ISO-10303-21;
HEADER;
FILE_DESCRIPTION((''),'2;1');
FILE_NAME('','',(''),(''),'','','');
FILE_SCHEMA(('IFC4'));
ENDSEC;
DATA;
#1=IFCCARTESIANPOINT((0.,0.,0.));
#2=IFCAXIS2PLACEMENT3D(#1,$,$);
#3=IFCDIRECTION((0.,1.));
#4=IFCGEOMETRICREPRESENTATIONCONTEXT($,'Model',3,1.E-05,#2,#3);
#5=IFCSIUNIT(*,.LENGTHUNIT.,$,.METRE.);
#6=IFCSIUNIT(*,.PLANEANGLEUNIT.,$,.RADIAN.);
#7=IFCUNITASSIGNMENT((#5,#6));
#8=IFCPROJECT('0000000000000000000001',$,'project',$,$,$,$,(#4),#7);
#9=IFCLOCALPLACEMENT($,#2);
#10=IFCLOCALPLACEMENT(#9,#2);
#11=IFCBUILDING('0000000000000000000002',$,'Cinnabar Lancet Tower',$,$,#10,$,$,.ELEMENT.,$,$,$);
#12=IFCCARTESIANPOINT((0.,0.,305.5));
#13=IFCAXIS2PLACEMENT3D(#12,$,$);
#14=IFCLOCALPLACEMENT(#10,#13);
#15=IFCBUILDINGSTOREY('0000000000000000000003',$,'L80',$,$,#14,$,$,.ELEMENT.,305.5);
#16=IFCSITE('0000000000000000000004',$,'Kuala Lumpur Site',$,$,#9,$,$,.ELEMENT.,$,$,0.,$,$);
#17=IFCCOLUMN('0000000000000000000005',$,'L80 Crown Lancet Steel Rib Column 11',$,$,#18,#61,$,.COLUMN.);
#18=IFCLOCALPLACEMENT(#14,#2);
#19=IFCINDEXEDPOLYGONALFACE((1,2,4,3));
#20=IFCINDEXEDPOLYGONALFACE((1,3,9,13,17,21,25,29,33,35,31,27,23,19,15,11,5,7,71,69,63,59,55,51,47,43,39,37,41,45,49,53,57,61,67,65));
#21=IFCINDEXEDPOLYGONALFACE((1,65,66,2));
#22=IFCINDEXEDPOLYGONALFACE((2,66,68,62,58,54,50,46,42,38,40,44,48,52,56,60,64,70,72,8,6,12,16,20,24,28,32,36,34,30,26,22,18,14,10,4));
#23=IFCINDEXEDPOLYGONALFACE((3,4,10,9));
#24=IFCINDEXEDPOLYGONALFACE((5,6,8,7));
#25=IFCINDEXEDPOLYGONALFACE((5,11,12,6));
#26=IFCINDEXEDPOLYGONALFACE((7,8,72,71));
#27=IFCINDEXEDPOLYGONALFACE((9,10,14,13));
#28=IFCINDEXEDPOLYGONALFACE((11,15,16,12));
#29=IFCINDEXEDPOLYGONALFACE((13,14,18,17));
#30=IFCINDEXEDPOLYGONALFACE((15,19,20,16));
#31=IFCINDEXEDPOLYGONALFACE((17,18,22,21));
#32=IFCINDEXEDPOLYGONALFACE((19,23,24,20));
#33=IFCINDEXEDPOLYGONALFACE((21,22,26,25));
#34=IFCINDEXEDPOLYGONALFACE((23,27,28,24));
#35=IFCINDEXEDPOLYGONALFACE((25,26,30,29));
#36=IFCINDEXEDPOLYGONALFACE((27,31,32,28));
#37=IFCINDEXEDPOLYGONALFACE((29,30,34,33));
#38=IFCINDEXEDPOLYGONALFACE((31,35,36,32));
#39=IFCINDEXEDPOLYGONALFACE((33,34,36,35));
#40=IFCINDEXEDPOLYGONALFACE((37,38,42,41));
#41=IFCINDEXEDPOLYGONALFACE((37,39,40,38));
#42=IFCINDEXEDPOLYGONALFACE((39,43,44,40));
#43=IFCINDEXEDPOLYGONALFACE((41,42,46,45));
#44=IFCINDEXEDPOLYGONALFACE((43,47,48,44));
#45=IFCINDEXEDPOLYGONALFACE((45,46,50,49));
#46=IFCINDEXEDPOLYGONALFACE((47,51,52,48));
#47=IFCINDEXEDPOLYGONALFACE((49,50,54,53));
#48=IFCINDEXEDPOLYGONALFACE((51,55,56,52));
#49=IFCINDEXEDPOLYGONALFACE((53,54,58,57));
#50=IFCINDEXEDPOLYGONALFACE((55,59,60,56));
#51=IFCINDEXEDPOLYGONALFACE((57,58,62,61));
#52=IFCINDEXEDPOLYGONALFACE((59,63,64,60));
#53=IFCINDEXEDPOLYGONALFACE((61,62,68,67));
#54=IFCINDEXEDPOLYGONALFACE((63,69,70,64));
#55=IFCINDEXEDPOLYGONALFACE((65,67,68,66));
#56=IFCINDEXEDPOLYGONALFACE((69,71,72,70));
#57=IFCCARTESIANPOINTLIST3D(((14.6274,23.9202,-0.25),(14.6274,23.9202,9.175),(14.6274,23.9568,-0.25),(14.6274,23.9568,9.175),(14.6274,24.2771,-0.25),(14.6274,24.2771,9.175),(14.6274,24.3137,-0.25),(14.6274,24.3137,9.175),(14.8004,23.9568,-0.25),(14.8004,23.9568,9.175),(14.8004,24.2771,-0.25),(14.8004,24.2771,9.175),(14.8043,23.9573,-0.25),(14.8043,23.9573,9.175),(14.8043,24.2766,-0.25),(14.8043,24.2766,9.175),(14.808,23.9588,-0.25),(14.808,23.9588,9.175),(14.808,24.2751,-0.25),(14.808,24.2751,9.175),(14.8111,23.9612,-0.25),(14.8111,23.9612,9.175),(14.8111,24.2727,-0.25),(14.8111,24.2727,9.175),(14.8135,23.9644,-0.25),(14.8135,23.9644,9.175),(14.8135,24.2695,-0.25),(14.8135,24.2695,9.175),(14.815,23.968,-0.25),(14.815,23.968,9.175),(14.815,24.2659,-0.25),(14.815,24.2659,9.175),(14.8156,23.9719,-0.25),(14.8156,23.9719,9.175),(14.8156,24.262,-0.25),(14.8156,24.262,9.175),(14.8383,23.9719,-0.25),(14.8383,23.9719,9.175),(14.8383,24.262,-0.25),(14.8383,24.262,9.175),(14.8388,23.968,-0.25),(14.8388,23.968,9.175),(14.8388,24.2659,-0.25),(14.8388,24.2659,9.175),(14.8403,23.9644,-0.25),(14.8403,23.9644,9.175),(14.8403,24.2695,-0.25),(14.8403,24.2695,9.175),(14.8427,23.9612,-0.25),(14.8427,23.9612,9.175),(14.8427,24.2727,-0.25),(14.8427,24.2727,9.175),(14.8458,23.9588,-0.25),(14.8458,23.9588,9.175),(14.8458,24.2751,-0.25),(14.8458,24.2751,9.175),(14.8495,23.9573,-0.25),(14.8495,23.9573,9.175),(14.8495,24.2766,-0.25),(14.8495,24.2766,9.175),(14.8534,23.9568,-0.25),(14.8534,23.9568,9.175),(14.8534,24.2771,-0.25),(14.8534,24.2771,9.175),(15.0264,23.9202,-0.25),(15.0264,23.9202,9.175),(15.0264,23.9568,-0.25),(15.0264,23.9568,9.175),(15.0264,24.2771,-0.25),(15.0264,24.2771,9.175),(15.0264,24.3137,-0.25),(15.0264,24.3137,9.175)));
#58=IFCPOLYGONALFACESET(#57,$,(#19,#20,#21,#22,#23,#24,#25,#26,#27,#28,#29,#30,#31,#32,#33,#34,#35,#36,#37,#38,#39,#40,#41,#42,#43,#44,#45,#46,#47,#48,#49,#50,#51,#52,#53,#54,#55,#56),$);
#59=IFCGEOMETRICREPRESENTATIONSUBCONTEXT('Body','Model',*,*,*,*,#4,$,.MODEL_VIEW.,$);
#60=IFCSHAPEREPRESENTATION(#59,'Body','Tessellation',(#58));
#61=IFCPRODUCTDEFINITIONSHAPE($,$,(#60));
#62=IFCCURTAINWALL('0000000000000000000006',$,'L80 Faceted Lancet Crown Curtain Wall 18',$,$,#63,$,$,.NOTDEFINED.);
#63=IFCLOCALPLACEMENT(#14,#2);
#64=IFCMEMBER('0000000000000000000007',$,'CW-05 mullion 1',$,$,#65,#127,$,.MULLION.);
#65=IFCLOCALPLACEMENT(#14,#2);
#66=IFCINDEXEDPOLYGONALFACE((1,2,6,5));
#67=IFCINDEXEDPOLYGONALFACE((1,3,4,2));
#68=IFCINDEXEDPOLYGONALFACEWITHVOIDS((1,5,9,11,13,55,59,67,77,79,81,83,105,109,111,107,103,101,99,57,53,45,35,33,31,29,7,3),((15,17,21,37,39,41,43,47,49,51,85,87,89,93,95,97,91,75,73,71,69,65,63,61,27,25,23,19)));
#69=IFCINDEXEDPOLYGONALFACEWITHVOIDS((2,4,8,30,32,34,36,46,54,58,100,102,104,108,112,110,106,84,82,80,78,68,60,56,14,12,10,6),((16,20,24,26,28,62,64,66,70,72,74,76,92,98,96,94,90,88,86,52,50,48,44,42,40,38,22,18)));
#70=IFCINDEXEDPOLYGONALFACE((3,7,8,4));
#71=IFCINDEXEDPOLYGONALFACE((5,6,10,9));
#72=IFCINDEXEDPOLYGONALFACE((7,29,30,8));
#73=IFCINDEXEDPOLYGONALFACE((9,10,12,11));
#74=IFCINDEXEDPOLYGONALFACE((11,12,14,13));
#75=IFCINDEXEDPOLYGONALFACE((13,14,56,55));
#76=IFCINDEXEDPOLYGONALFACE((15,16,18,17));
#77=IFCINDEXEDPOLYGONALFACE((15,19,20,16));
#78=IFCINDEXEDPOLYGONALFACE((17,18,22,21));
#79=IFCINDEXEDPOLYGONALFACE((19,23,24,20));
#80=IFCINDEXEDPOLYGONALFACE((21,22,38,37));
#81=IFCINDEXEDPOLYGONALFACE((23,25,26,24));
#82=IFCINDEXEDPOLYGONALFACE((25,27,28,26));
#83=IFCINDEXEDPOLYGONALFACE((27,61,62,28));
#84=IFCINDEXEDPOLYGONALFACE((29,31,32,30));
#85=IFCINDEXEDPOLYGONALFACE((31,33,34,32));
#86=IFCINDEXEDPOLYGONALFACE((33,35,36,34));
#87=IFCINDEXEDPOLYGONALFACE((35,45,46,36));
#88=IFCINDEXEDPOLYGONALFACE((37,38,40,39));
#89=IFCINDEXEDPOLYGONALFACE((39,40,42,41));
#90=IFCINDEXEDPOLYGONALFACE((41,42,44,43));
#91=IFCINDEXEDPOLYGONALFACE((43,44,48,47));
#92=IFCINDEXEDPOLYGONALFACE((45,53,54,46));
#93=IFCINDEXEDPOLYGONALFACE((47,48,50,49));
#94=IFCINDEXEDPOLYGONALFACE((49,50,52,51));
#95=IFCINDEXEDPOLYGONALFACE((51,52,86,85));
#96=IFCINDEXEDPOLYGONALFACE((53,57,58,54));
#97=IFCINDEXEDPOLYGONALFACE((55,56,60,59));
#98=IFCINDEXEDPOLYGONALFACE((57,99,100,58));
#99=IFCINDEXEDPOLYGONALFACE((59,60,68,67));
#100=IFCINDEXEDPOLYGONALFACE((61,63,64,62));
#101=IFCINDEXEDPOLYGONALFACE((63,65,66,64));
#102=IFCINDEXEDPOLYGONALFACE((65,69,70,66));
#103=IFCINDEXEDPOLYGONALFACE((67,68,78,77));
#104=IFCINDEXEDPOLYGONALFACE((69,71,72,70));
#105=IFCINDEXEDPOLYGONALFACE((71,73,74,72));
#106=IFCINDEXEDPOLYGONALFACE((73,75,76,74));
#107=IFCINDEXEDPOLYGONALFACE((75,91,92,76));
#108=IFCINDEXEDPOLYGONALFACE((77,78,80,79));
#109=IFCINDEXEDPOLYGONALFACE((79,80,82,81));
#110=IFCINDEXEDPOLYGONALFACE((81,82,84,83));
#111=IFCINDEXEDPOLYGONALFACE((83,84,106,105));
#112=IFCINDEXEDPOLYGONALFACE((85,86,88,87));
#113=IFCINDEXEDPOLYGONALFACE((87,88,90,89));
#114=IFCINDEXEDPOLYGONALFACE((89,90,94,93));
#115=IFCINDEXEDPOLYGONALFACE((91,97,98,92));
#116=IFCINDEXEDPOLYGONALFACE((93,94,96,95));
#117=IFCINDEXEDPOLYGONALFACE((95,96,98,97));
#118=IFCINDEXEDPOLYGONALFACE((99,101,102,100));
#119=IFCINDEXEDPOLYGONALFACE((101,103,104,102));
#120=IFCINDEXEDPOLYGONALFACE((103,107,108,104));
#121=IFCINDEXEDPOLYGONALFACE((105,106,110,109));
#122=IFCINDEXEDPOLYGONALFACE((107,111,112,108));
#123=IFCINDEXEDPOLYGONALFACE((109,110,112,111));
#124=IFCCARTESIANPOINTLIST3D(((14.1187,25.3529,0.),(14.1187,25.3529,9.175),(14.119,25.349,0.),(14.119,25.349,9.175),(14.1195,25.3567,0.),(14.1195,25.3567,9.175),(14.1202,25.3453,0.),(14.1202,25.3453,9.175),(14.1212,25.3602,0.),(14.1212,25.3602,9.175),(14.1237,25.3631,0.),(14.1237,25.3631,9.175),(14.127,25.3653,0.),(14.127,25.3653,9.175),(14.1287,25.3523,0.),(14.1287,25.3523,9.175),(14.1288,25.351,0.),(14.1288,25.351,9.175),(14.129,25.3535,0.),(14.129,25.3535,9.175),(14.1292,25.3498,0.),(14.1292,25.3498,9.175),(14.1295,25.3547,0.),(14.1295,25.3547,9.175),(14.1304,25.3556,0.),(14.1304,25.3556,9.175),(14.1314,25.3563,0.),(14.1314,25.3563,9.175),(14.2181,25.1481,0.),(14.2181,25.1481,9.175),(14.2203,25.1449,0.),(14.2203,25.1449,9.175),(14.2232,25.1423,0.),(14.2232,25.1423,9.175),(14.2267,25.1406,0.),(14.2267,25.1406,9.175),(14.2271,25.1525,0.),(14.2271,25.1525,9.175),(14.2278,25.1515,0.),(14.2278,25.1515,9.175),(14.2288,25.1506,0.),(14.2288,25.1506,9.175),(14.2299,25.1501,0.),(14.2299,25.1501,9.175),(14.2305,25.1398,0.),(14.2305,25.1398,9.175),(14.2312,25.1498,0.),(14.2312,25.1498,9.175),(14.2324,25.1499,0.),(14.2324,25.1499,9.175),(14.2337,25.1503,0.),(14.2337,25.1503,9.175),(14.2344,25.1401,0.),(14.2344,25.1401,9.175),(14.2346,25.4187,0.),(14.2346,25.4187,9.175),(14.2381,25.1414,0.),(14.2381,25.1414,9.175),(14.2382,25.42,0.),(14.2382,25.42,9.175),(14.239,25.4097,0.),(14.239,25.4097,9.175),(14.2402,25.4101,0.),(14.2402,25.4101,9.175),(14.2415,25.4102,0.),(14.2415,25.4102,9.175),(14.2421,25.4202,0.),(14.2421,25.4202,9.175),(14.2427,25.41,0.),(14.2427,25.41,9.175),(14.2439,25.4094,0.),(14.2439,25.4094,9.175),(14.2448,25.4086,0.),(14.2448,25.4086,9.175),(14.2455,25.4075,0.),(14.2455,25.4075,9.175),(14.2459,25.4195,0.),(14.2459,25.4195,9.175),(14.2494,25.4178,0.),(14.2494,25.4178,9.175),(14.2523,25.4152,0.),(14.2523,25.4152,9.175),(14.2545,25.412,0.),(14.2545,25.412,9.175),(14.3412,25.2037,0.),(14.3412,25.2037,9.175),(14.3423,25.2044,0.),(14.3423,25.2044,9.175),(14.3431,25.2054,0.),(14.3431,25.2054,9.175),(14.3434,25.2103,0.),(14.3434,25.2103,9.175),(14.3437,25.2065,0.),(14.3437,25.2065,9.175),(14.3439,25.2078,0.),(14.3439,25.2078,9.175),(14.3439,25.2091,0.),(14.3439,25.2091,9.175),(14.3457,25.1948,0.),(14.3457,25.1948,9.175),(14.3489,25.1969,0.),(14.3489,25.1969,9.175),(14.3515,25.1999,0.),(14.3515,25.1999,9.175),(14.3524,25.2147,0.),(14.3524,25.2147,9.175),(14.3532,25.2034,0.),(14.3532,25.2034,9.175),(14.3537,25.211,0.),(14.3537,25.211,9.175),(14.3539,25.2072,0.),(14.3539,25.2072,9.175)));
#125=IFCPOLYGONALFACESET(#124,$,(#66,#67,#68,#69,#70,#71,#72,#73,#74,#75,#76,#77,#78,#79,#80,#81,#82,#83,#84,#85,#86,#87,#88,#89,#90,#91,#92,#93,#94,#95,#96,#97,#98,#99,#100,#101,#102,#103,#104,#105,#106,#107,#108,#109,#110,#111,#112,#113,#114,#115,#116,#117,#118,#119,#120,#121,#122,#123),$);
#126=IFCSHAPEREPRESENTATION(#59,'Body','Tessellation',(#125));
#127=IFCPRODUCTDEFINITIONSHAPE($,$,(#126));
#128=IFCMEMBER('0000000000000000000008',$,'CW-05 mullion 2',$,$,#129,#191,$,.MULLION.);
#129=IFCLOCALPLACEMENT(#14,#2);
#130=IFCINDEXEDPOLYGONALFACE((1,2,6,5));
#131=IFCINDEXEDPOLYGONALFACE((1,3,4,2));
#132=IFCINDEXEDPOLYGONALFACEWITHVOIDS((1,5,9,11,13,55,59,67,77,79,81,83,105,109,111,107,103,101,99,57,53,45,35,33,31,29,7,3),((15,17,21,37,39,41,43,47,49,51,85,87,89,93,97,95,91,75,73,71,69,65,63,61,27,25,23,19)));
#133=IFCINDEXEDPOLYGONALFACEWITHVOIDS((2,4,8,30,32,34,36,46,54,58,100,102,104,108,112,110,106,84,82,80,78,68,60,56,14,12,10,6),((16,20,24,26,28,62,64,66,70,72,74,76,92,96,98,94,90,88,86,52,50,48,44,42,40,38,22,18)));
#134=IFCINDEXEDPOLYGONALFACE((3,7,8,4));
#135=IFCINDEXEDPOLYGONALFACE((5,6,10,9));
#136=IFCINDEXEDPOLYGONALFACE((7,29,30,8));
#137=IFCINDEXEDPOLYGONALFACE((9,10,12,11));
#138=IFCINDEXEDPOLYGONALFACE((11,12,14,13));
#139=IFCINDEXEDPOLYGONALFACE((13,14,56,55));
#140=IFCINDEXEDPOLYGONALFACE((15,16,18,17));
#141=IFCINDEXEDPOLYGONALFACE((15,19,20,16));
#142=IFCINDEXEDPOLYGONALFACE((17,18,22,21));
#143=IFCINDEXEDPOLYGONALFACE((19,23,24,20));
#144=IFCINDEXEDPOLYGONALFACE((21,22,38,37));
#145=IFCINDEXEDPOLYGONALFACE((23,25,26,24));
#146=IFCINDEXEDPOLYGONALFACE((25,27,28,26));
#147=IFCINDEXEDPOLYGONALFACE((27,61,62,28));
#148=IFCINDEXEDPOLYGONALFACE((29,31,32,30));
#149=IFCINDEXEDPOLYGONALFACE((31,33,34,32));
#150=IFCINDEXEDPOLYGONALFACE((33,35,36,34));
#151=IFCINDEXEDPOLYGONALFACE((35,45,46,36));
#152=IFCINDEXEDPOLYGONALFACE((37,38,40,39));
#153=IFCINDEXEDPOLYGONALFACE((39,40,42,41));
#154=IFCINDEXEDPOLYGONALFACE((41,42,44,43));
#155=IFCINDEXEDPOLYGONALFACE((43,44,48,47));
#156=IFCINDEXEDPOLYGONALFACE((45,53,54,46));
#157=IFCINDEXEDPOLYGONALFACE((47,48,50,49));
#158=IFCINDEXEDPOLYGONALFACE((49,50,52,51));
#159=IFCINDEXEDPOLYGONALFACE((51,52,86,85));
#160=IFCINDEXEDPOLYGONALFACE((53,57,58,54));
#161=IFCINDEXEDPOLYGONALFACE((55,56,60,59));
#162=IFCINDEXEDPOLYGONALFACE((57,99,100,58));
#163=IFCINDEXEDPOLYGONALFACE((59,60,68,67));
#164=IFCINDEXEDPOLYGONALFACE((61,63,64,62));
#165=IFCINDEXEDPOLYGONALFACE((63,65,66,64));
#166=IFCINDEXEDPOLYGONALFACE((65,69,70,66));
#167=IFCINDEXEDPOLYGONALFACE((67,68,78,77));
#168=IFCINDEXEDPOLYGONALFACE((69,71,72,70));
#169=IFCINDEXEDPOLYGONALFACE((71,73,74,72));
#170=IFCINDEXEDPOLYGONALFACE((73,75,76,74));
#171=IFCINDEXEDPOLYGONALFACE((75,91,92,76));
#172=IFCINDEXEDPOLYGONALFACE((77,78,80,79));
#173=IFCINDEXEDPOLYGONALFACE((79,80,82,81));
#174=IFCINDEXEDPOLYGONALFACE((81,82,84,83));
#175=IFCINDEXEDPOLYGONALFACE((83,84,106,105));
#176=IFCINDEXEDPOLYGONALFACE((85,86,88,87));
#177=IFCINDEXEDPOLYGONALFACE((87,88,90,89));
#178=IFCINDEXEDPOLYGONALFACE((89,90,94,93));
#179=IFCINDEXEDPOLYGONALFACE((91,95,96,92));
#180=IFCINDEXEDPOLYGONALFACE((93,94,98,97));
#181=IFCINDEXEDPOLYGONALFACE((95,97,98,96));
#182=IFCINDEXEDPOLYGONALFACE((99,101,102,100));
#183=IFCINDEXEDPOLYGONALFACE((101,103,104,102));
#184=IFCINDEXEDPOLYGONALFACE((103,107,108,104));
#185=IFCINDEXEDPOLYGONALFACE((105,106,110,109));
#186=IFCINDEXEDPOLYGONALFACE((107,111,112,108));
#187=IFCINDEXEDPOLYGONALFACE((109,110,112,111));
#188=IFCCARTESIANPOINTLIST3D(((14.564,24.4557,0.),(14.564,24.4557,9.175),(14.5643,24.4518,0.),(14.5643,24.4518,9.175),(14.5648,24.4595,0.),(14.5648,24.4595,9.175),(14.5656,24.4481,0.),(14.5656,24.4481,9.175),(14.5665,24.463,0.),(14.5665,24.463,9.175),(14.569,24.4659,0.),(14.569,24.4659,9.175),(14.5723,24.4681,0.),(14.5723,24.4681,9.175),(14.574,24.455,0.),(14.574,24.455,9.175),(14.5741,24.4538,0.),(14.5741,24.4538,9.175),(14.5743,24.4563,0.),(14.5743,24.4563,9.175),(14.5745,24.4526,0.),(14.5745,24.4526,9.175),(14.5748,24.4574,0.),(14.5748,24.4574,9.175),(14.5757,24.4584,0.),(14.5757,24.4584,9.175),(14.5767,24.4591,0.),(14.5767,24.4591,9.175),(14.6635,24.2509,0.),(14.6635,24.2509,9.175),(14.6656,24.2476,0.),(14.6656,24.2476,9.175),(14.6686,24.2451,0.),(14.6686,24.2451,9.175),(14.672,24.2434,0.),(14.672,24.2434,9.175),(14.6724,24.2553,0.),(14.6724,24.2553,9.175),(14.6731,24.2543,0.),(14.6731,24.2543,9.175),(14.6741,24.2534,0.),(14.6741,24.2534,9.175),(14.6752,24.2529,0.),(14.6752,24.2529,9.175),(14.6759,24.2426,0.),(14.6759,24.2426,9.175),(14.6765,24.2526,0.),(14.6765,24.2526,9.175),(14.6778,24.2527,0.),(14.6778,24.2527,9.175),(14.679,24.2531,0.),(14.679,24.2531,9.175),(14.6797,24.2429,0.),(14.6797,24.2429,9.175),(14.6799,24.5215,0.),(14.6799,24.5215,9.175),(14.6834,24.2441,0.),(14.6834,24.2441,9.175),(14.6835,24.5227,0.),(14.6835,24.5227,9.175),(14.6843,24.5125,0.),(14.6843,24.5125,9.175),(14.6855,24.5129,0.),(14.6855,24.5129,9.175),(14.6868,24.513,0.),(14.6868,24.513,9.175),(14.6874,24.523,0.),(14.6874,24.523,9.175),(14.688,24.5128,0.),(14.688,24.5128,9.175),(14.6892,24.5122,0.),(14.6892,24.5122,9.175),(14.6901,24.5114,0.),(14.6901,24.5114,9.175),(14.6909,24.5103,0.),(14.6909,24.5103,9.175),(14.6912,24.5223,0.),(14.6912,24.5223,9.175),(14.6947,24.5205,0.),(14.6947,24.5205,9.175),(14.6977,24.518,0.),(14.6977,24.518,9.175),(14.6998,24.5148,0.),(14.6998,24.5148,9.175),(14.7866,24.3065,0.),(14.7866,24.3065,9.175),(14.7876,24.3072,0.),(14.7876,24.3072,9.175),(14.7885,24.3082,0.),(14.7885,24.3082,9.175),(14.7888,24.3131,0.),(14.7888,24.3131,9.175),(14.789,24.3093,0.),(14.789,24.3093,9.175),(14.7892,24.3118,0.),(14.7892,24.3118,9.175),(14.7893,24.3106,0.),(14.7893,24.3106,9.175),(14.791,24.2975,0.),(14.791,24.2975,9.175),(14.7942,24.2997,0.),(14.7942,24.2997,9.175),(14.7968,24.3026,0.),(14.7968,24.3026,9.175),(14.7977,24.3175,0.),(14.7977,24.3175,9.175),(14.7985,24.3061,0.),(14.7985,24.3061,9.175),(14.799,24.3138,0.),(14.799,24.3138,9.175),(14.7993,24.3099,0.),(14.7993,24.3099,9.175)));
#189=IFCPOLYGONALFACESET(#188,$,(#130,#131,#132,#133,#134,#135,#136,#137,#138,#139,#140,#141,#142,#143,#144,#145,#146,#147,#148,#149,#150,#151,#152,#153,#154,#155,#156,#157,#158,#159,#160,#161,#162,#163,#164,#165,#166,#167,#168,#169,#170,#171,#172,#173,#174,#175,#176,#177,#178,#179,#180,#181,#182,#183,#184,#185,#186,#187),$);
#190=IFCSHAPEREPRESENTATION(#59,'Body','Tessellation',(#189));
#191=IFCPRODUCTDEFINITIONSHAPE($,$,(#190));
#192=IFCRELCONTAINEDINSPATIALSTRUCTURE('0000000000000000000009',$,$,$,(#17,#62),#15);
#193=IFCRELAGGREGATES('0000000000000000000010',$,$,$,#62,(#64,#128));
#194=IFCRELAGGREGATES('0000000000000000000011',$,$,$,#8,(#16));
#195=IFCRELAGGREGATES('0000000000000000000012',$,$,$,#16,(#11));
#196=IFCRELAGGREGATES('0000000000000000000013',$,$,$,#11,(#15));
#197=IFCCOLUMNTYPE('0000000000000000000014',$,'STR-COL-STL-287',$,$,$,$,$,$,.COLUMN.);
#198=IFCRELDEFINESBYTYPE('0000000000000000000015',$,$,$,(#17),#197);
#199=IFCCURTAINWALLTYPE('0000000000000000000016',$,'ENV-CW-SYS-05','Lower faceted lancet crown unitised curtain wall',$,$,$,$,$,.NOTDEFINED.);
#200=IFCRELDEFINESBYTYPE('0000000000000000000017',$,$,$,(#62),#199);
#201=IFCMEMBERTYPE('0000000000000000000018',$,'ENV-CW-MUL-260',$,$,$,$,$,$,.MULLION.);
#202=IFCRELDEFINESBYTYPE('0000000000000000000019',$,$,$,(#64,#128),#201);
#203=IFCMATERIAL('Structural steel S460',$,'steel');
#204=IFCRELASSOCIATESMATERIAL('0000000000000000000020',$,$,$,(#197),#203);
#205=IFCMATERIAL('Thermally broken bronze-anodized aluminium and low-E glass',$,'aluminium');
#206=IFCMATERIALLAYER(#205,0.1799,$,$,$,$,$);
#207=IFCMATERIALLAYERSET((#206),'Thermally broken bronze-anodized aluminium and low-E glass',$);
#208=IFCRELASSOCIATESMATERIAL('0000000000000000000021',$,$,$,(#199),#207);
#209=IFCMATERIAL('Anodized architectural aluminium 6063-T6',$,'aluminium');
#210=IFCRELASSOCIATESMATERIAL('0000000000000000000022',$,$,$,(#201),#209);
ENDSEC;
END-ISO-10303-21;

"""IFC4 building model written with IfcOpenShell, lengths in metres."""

from ifc_helpers import new_model, si_unit, direction, frame, origin, origin_2d, place, context, subcontext, project, spatial, hollow_rectangle, i_section, extrude, material, layer, layer_set, material_profile, profile_set, type_object, element, aggregate, save


model = new_model("IFC4")

# Units and contexts
model_context = context("Model", 3, precision=1e-05, world=origin(), true_north=direction((0.0, 1.0)))
body_context = subcontext(model_context, "Body", "Model", "MODEL_VIEW")
ifc_project = project(units=[si_unit("LENGTHUNIT", "METRE"), si_unit("PLANEANGLEUNIT", "RADIAN")], contexts=[model_context])

# Site, building, storey
site_placement = place(None, origin())
site = spatial("IfcSite", under=ifc_project, at=site_placement, Name="Kuala Lumpur Site", CompositionType="ELEMENT", RefElevation=0.0)
building_placement = place(site_placement, origin())
building = spatial("IfcBuilding", under=site, at=building_placement, Name="Cinnabar Lancet Tower", CompositionType="ELEMENT")
storey_placement = place(building_placement, frame((0.0, 0.0, 305.5)))
storey = spatial("IfcBuildingStorey", under=building, at=storey_placement, Name="L80", CompositionType="ELEMENT", Elevation=305.5)

# Column
ifc_material_1 = material(Name="Structural steel S460", Category="steel")
ifc_material_profile_1 = material_profile(ifc_material_1, i_section(OverallWidth=0.3989, OverallDepth=0.3936, WebThickness=0.0227, FlangeThickness=0.0366, FilletRadius=0.0151, at=origin_2d()), Name="UKC 356x406x287")
ifc_profile_set_1 = profile_set([ifc_material_profile_1], Name="Structural steel S460")
column_type = type_object("IfcColumnType", Name="STR-COL-STL-287", PredefinedType="COLUMN", material=ifc_profile_set_1)
column_placement = place(storey_placement, frame((14.8269, 24.1169, -0.25), z_axis=(0.0, 0.0, 1.0), x_axis=(1.0, 0.0, 0.0)))
element("IfcColumn", 1, at=column_placement, inside=storey, type_object=column_type, Name="L80 Crown Lancet Steel Rib Column 11", PredefinedType="COLUMN", context=body_context, shape_type="SweptSolid", body=[
    extrude(i_section(OverallWidth=0.3989, OverallDepth=0.3936, WebThickness=0.0227, FlangeThickness=0.0366, FilletRadius=0.0151, at=origin_2d()), origin(), (0.0, 0.0, 1.0), 9.425),
])

# Curtain wall, members
ifc_material_2 = material(Name="Thermally broken bronze-anodized aluminium and low-E glass", Category="aluminium")
ifc_layer_1 = layer(ifc_material_2, 0.1799)
ifc_layer_set_1 = layer_set([ifc_layer_1], Name="Thermally broken bronze-anodized aluminium and low-E glass")
curtain_wall_type = type_object("IfcCurtainWallType", Name="ENV-CW-SYS-05", Description="Lower faceted lancet crown unitised curtain wall", PredefinedType="NOTDEFINED", material=ifc_layer_set_1)
curtain_wall_1_placement = place(storey_placement, origin())
curtain_wall_1 = element("IfcCurtainWall", 2, at=curtain_wall_1_placement, inside=storey, type_object=curtain_wall_type, Name="L80 Faceted Lancet Crown Curtain Wall 18", PredefinedType="NOTDEFINED")
ifc_material_3 = material(Name="Anodized architectural aluminium 6063-T6", Category="aluminium")
ifc_material_profile_2 = material_profile(ifc_material_3, hollow_rectangle(XDim=0.1499, YDim=0.25, WallThickness=0.01, InnerFilletRadius=0.0049, OuterFilletRadius=0.0149, at=origin_2d()), Name="RHS 250x150x10")
ifc_profile_set_2 = profile_set([ifc_material_profile_2], Name="Anodized architectural aluminium 6063-T6")
member_type_1 = type_object("IfcMemberType", Name="ENV-CW-MUL-260", PredefinedType="MULLION", material=ifc_profile_set_2)
member_1_placement = place(storey_placement, frame((14.2363, 25.28, 0.0), z_axis=(0.0, 0.0, 1.0), x_axis=(0.895742, 0.444574, 0.0)))
member_1 = element("IfcMember", 3, at=member_1_placement, type_object=member_type_1, Name="CW-05 mullion 1", PredefinedType="MULLION", context=body_context, shape_type="SweptSolid", body=[
    extrude(hollow_rectangle(XDim=0.1499, YDim=0.25, WallThickness=0.01, InnerFilletRadius=0.0049, OuterFilletRadius=0.0149, at=origin_2d()), origin(), (0.0, 0.0, 1.0), 9.175),
])
member_2_placement = place(storey_placement, frame((14.6816, 24.3828, 0.0), z_axis=(0.0, 0.0, 1.0), x_axis=(0.895742, 0.444574, 0.0)))
member_2 = element("IfcMember", 4, at=member_2_placement, type_object=member_type_1, Name="CW-05 mullion 2", PredefinedType="MULLION", context=body_context, shape_type="SweptSolid", body=[
    extrude(hollow_rectangle(XDim=0.1499, YDim=0.25, WallThickness=0.01, InnerFilletRadius=0.0049, OuterFilletRadius=0.0149, at=origin_2d()), origin(), (0.0, 0.0, 1.0), 9.175),
])

aggregate(curtain_wall_1, [member_1, member_2])

save(model, "model.ifc")
